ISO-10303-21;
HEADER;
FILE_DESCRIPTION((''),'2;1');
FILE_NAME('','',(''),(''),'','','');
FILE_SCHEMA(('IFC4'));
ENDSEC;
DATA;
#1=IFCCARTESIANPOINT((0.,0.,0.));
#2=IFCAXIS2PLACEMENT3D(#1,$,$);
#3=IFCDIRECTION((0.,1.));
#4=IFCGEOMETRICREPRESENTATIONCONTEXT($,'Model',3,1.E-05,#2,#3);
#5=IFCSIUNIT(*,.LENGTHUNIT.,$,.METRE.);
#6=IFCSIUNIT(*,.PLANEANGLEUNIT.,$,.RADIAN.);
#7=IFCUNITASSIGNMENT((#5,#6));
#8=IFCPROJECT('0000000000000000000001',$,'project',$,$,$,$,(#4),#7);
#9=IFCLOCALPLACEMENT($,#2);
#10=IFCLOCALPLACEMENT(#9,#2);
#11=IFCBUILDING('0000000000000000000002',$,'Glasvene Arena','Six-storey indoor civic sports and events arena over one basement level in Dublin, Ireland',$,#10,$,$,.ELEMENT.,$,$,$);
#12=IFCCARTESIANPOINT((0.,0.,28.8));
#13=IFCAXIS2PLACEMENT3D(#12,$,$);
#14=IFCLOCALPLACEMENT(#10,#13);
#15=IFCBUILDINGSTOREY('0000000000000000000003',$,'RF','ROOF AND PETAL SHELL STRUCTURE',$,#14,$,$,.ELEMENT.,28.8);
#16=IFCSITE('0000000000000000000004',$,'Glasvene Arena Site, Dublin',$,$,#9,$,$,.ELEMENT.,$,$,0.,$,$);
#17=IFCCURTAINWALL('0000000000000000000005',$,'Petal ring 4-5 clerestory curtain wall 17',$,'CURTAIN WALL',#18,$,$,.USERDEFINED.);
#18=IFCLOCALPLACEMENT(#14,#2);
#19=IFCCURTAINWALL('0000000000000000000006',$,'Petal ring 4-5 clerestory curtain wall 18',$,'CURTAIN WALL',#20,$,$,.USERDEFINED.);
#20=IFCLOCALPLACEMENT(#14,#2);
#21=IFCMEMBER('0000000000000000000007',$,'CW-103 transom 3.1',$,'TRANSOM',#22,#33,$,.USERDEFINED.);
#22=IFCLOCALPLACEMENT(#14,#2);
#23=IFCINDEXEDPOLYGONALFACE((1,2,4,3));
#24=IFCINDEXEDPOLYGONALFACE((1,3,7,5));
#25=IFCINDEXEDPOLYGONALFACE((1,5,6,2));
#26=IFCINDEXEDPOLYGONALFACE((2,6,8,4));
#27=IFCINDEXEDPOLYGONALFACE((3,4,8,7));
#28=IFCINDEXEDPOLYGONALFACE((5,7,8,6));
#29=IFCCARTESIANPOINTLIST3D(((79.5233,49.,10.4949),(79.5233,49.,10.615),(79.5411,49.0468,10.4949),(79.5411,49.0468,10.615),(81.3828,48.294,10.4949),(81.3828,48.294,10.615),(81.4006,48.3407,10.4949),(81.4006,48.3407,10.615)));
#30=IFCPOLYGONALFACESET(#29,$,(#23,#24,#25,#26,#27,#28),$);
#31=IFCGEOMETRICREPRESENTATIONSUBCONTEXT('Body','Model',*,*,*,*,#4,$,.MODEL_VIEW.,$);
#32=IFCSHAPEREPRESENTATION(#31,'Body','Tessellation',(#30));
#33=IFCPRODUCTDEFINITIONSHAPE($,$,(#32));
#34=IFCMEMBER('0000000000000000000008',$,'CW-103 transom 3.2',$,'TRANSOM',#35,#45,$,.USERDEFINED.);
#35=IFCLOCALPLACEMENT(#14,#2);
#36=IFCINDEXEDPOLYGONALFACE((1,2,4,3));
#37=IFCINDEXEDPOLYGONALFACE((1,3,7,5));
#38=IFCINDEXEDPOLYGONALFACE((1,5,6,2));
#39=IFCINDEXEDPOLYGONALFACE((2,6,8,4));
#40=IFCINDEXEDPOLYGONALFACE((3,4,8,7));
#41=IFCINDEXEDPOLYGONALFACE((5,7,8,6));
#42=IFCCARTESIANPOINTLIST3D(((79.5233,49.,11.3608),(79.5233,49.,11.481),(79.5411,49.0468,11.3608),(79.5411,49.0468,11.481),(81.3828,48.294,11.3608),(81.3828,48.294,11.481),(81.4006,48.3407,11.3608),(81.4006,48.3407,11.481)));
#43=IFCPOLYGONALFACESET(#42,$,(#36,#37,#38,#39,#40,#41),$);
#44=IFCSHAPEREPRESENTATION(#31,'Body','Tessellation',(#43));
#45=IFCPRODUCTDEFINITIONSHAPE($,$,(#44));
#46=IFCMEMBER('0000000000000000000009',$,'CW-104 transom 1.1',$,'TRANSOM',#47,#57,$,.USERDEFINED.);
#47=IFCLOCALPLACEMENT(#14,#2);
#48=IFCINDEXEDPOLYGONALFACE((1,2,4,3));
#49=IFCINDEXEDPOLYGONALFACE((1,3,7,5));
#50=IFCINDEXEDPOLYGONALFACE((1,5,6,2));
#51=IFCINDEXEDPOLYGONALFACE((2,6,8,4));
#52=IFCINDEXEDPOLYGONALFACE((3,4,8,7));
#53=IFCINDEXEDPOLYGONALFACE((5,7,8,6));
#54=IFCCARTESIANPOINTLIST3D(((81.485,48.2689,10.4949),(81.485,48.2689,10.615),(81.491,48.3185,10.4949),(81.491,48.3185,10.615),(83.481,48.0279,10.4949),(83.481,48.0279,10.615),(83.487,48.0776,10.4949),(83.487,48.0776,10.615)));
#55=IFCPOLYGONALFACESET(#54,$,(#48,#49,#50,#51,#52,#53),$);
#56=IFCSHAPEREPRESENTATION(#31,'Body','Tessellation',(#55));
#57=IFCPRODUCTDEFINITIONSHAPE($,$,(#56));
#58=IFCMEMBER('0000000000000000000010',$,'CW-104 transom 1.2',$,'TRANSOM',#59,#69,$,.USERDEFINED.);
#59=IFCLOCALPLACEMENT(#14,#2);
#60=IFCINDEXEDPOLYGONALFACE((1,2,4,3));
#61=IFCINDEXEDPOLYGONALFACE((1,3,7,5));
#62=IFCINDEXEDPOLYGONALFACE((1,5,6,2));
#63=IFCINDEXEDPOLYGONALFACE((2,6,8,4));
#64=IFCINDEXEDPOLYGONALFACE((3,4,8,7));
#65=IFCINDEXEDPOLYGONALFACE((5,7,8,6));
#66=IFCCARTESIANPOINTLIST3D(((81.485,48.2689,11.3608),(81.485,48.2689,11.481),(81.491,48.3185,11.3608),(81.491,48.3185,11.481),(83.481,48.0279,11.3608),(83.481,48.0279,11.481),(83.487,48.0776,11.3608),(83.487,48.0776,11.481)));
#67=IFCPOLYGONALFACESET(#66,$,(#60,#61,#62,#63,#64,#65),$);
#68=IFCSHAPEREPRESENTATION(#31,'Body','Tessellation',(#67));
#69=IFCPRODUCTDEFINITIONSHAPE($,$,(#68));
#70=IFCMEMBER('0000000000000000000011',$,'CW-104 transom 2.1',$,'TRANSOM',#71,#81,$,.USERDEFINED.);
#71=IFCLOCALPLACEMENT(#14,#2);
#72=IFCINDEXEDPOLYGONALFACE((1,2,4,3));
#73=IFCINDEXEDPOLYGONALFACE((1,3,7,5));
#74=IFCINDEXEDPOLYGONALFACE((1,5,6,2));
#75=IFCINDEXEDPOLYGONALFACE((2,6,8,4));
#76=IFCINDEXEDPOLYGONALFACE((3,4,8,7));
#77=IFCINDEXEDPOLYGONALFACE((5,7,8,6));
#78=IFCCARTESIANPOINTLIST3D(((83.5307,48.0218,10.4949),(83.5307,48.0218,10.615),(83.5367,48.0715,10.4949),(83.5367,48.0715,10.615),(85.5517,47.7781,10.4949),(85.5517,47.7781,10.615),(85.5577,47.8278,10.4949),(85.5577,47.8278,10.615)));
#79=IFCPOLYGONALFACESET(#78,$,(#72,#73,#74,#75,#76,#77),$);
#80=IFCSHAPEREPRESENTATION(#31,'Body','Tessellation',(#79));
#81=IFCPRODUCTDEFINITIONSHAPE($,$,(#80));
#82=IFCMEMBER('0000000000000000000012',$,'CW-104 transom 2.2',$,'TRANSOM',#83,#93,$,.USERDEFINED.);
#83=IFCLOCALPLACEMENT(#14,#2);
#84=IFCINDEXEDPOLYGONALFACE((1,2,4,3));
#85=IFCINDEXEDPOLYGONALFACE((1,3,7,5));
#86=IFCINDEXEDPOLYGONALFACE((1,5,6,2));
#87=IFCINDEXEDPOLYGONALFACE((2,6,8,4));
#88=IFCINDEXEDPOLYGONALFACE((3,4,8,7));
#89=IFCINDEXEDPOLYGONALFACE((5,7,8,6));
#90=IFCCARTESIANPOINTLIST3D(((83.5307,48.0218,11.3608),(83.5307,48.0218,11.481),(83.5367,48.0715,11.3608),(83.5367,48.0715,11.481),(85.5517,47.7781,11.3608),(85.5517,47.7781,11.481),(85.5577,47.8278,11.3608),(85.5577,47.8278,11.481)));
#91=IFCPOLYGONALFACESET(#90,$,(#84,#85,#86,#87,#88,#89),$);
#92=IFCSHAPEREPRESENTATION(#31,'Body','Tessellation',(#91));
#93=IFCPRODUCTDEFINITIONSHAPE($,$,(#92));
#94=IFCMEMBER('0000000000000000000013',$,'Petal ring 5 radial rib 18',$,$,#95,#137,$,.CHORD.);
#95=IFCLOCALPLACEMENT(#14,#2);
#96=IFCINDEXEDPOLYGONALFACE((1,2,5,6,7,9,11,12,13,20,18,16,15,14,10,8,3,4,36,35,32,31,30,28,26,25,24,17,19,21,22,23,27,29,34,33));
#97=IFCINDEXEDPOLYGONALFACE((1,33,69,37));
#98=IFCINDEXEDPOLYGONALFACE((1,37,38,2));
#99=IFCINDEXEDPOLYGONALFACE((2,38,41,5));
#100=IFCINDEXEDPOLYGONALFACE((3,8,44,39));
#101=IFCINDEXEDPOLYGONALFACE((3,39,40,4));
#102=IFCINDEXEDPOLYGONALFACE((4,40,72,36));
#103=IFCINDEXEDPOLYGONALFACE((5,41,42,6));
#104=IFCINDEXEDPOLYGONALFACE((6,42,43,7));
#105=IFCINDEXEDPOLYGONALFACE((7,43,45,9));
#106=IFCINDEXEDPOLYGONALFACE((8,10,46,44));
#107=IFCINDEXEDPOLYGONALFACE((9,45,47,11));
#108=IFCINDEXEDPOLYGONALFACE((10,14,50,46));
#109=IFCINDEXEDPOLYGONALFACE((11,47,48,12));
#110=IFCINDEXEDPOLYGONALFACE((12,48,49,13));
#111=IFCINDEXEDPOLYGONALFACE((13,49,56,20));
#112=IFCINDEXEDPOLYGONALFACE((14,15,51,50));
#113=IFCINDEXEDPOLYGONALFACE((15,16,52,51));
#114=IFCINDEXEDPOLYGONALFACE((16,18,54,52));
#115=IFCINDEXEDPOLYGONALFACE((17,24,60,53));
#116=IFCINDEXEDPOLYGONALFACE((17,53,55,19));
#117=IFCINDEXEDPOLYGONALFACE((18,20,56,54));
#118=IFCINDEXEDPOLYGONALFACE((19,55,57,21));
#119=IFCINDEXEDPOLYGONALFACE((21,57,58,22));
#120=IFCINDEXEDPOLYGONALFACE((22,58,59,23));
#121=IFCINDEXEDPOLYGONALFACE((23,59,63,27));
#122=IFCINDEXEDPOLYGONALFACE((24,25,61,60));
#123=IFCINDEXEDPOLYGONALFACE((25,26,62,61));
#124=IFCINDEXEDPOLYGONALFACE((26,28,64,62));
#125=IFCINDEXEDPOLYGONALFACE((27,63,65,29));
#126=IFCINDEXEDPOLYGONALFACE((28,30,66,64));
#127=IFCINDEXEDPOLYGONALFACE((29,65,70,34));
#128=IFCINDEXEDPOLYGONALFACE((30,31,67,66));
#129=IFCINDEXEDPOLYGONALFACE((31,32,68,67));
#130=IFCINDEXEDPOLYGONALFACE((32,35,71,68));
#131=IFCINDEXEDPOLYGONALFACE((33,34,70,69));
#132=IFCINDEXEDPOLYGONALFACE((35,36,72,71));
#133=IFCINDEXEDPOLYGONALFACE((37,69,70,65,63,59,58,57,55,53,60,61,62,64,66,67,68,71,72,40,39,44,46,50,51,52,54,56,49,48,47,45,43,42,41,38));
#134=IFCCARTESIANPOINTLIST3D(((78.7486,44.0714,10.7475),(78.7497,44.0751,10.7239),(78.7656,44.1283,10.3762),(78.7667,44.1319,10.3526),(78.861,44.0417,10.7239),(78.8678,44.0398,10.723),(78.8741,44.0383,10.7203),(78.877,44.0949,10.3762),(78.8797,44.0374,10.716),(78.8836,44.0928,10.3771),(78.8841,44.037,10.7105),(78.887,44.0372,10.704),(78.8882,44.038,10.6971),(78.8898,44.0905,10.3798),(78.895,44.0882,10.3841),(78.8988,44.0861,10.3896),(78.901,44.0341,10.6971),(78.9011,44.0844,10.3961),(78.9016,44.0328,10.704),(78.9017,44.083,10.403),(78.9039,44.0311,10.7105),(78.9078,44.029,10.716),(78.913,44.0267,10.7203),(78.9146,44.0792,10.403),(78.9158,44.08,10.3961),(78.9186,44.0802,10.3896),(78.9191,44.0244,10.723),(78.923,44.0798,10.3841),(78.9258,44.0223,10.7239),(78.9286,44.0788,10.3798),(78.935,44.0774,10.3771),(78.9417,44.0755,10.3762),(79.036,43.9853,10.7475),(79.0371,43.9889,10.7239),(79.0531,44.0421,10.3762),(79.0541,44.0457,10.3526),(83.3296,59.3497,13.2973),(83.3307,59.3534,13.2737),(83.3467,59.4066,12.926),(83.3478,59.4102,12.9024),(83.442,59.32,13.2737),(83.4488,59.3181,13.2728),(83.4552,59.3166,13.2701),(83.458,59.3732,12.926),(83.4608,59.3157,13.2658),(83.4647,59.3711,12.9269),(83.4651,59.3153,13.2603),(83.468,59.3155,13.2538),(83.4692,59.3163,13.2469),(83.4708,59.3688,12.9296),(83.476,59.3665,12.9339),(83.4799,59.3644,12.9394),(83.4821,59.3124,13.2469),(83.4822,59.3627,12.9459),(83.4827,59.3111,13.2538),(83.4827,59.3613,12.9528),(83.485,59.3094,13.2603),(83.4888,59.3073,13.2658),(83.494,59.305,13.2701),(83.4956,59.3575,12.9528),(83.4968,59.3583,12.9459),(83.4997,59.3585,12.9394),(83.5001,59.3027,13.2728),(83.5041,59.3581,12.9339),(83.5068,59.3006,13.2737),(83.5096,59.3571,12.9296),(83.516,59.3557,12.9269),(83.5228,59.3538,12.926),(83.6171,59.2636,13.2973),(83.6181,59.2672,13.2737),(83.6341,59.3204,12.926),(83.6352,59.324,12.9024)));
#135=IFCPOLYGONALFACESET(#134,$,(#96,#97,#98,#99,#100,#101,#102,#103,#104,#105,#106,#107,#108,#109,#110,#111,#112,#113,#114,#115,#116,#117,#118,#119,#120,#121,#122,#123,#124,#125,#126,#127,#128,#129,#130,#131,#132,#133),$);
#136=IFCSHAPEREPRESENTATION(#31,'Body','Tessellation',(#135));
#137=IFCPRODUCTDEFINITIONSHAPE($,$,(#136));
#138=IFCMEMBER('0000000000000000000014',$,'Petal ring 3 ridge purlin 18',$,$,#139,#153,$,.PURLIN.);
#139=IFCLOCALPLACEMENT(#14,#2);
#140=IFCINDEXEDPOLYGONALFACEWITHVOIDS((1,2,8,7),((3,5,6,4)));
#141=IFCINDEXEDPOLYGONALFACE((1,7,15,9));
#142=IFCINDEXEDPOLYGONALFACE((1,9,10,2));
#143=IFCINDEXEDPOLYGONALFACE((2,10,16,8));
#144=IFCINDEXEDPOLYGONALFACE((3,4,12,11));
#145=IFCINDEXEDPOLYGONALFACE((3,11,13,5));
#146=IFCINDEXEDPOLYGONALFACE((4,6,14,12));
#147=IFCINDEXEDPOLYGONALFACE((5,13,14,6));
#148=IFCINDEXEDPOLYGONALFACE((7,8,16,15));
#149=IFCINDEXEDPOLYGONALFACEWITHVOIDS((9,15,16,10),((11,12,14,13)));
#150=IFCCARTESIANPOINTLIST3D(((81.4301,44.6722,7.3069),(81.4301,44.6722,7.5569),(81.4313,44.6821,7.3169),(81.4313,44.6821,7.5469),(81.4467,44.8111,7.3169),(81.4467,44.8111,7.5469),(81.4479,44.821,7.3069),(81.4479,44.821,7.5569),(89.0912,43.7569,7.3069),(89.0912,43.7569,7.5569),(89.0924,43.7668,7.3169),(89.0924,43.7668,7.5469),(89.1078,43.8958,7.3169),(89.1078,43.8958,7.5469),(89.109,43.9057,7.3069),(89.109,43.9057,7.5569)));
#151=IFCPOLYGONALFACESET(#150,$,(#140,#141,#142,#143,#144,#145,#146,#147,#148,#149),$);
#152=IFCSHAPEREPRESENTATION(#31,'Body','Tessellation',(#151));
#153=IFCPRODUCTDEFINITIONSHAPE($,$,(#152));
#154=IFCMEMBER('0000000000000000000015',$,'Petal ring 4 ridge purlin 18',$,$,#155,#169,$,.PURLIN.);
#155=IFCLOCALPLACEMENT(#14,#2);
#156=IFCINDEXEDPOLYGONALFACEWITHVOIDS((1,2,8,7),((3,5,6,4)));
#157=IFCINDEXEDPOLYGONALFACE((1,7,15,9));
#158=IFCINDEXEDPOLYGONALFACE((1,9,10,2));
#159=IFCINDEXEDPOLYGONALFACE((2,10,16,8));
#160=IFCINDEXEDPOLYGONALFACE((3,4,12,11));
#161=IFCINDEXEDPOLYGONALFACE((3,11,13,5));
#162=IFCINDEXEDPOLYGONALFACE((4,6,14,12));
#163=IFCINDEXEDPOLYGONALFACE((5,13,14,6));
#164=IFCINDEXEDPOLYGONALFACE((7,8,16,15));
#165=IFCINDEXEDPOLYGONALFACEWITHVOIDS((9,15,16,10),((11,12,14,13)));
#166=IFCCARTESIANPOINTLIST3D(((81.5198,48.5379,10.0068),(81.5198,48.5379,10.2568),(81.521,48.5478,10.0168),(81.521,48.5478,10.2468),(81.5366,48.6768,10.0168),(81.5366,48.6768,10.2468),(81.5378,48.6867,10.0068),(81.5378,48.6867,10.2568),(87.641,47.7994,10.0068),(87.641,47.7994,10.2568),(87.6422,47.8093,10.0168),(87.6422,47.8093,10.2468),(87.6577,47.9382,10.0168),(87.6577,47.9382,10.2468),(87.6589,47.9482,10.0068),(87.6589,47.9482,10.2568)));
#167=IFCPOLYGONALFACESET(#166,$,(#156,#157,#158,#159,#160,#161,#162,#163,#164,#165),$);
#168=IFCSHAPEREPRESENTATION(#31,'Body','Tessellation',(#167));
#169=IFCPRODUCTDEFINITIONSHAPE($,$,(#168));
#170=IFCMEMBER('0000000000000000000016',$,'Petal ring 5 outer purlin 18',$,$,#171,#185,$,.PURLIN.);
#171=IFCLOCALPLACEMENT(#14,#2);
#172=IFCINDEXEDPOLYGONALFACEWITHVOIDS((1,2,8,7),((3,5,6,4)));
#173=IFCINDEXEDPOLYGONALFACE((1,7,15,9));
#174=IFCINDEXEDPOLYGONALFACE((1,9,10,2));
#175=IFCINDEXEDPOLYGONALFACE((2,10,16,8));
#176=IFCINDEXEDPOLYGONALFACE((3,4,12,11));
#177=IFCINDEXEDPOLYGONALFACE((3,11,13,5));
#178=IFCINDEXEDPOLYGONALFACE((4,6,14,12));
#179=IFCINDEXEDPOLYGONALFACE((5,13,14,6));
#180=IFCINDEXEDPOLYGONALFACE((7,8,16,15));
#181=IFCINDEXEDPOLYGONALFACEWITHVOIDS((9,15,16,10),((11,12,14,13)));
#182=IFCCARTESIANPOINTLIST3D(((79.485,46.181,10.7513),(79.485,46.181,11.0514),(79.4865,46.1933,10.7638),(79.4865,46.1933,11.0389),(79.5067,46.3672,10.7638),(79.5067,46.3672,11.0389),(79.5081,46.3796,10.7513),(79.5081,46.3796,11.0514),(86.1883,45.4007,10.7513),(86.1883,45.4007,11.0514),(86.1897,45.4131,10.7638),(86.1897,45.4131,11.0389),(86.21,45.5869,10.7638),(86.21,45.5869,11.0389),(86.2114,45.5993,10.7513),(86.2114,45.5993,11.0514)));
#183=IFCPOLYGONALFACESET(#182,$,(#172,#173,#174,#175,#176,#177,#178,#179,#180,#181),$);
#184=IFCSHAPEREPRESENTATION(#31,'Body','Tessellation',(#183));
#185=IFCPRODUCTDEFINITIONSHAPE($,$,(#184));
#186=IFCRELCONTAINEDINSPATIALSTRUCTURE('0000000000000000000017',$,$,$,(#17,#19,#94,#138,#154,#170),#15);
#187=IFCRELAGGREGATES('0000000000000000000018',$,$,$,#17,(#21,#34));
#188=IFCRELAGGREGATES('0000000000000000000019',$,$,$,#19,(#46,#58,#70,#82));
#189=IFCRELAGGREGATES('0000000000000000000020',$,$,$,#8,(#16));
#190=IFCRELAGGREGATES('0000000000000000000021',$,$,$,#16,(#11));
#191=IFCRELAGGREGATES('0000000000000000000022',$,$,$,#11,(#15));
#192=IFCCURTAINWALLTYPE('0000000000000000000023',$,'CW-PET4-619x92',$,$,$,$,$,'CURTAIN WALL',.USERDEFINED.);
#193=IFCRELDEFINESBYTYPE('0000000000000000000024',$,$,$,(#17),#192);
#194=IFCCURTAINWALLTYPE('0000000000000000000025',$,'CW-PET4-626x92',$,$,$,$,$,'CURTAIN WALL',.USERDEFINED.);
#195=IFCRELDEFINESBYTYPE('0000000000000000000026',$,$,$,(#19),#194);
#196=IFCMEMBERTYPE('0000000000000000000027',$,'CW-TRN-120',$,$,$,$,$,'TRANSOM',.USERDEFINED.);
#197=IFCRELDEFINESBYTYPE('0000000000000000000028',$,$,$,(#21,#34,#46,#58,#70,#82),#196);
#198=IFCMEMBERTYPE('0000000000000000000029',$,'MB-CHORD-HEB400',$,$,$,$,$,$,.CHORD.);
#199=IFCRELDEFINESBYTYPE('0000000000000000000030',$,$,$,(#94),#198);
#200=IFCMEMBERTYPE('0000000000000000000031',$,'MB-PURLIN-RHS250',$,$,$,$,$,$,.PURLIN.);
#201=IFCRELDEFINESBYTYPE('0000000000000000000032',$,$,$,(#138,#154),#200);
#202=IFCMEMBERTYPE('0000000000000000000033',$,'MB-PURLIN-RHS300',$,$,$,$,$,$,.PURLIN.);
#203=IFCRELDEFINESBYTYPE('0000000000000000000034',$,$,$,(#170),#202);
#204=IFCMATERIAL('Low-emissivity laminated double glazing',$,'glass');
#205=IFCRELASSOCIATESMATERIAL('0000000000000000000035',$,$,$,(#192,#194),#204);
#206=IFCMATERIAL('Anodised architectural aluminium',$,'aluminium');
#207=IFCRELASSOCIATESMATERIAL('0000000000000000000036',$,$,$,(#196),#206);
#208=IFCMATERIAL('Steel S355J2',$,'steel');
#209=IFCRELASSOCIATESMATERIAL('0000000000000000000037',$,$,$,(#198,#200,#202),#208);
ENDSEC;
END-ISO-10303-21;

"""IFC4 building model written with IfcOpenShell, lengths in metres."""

from ifc_helpers import new_model, si_unit, direction, frame, origin, origin_2d, place, context, subcontext, project, spatial, rectangle, hollow_rectangle, i_section, extrude, material, material_profile, profile_set, type_object, element, aggregate, save


model = new_model("IFC4")

# Units and contexts
model_context = context("Model", 3, precision=1e-05, world=origin(), true_north=direction((0.0, 1.0)))
body_context = subcontext(model_context, "Body", "Model", "MODEL_VIEW")
ifc_project = project(units=[si_unit("LENGTHUNIT", "METRE"), si_unit("PLANEANGLEUNIT", "RADIAN")], contexts=[model_context])

# Site, building, storey
site_placement = place(None, origin())
site = spatial("IfcSite", under=ifc_project, at=site_placement, Name="Glasvene Arena Site, Dublin", CompositionType="ELEMENT", RefElevation=0.0)
building_placement = place(site_placement, origin())
building = spatial("IfcBuilding", under=site, at=building_placement, Name="Glasvene Arena", Description="Six-storey indoor civic sports and events arena over one basement level in Dublin, Ireland", CompositionType="ELEMENT")
storey_placement = place(building_placement, frame((0.0, 0.0, 28.8)))
storey = spatial("IfcBuildingStorey", under=building, at=storey_placement, Name="RF", Description="ROOF AND PETAL SHELL STRUCTURE", CompositionType="ELEMENT", Elevation=28.8)

# Curtain walls
ifc_material_1 = material(Name="Low-emissivity laminated double glazing", Category="glass")
ifc_material_2 = material(Name="Anodised architectural aluminium", Category="aluminium")
curtain_wall_type_1 = type_object("IfcCurtainWallType", Name="CW-PET4-619x92", ElementType="CURTAIN WALL", PredefinedType="USERDEFINED", material=ifc_material_1)
curtain_wall_1_placement = place(storey_placement, frame((75.6499, 50.4973, 0.0)))
curtain_wall_1 = element("IfcCurtainWall", 1, at=curtain_wall_1_placement, inside=storey, type_object=curtain_wall_type_1, Name="Petal ring 4-5 clerestory curtain wall 17", ObjectType="CURTAIN WALL", PredefinedType="USERDEFINED")
curtain_wall_type_2 = type_object("IfcCurtainWallType", Name="CW-PET4-626x92", ElementType="CURTAIN WALL", PredefinedType="USERDEFINED", material=ifc_material_1)
curtain_wall_2_placement = place(storey_placement, frame((81.4382, 48.2996, 0.0)))
curtain_wall_2 = element("IfcCurtainWall", 2, at=curtain_wall_2_placement, inside=storey, type_object=curtain_wall_type_2, Name="Petal ring 4-5 clerestory curtain wall 18", ObjectType="CURTAIN WALL", PredefinedType="USERDEFINED")

# Members
ifc_material_profile_1 = material_profile(ifc_material_2, rectangle(XDim=0.05, YDim=0.1201, at=origin_2d()), Name="ALU TRANSOM 50x120")
ifc_profile_set_1 = profile_set([ifc_material_profile_1], Name="Anodised architectural aluminium")
member_type_1 = type_object("IfcMemberType", Name="CW-TRN-120", ElementType="TRANSOM", PredefinedType="USERDEFINED", material=ifc_profile_set_1)
member_1_placement = place(storey_placement, frame((79.5322, 49.0234, 10.5549), z_axis=(0.934868, -0.354995, 0.0), x_axis=(0.354995, 0.934868, 0.0)))
member_1 = element("IfcMember", 3, at=member_1_placement, type_object=member_type_1, Name="CW-103 transom 3.1", ObjectType="TRANSOM", PredefinedType="USERDEFINED", context=body_context, shape_type="SweptSolid", body=[
    extrude(rectangle(XDim=0.05, YDim=0.1201, at=origin_2d()), origin(), (0.0, 0.0, 1.0), 1.989),
])
member_2_placement = place(storey_placement, frame((79.5322, 49.0234, 11.4209), z_axis=(0.934868, -0.354995, 0.0), x_axis=(0.354995, 0.934868, 0.0)))
member_2 = element("IfcMember", 4, at=member_2_placement, type_object=member_type_1, Name="CW-103 transom 3.2", ObjectType="TRANSOM", PredefinedType="USERDEFINED", context=body_context, shape_type="SweptSolid", body=[
    extrude(rectangle(XDim=0.05, YDim=0.1201, at=origin_2d()), origin(), (0.0, 0.0, 1.0), 1.989),
])
member_3_placement = place(storey_placement, frame((81.488, 48.2937, 10.5549), z_axis=(0.992792, -0.119849, 0.0), x_axis=(0.119849, 0.992792, 0.0)))
member_3 = element("IfcMember", 5, at=member_3_placement, type_object=member_type_1, Name="CW-104 transom 1.1", ObjectType="TRANSOM", PredefinedType="USERDEFINED", context=body_context, shape_type="SweptSolid", body=[
    extrude(rectangle(XDim=0.05, YDim=0.1201, at=origin_2d()), origin(), (0.0, 0.0, 1.0), 2.0105),
])
member_4_placement = place(storey_placement, frame((81.488, 48.2937, 11.4209), z_axis=(0.992792, -0.119849, 0.0), x_axis=(0.119849, 0.992792, 0.0)))
member_4 = element("IfcMember", 6, at=member_4_placement, type_object=member_type_1, Name="CW-104 transom 1.2", ObjectType="TRANSOM", PredefinedType="USERDEFINED", context=body_context, shape_type="SweptSolid", body=[
    extrude(rectangle(XDim=0.05, YDim=0.1201, at=origin_2d()), origin(), (0.0, 0.0, 1.0), 2.0105),
])
member_5_placement = place(storey_placement, frame((83.5337, 48.0466, 10.5549), z_axis=(0.992811, -0.119694, 0.0), x_axis=(0.119694, 0.992811, 0.0)))
member_5 = element("IfcMember", 7, at=member_5_placement, type_object=member_type_1, Name="CW-104 transom 2.1", ObjectType="TRANSOM", PredefinedType="USERDEFINED", context=body_context, shape_type="SweptSolid", body=[
    extrude(rectangle(XDim=0.05, YDim=0.1201, at=origin_2d()), origin(), (0.0, 0.0, 1.0), 2.0356),
])
member_6_placement = place(storey_placement, frame((83.5337, 48.0466, 11.4209), z_axis=(0.992811, -0.119694, 0.0), x_axis=(0.119694, 0.992811, 0.0)))
member_6 = element("IfcMember", 8, at=member_6_placement, type_object=member_type_1, Name="CW-104 transom 2.2", ObjectType="TRANSOM", PredefinedType="USERDEFINED", context=body_context, shape_type="SweptSolid", body=[
    extrude(rectangle(XDim=0.05, YDim=0.1201, at=origin_2d()), origin(), (0.0, 0.0, 1.0), 2.0356),
])

# Members
ifc_material_3 = material(Name="Steel S355J2", Category="steel")
ifc_material_profile_2 = material_profile(ifc_material_3, i_section(OverallWidth=0.3, OverallDepth=0.3999, WebThickness=0.0134, FlangeThickness=0.0239, FilletRadius=0.0271, at=origin_2d()), Name="HEB 400")
ifc_profile_set_2 = profile_set([ifc_material_profile_2], Name="Steel S355J2")
member_type_2 = type_object("IfcMemberType", Name="MB-CHORD-HEB400", PredefinedType="CHORD", material=ifc_profile_set_2)
member_7_placement = place(storey_placement, frame((78.9014, 44.0586, 10.55), z_axis=(0.283607, 0.945859, 0.157855), x_axis=(-0.957868, 0.287207, 0.0)))
element("IfcMember", 9, at=member_7_placement, inside=storey, type_object=member_type_2, Name="Petal ring 5 radial rib 18", PredefinedType="CHORD", context=body_context, shape_type="SweptSolid", body=[
    extrude(i_section(OverallWidth=0.3, OverallDepth=0.3999, WebThickness=0.0134, FlangeThickness=0.0239, FilletRadius=0.0271, at=origin_2d()), origin(), (0.0, 0.0, 1.0), 16.1528),
])
ifc_material_profile_3 = material_profile(ifc_material_3, hollow_rectangle(XDim=0.1499, YDim=0.25, WallThickness=0.01, at=origin_2d()), Name="RHS 250x150x10.0")
ifc_profile_set_3 = profile_set([ifc_material_profile_3], Name="Steel S355J2")
member_type_3 = type_object("IfcMemberType", Name="MB-PURLIN-RHS250", PredefinedType="PURLIN", material=ifc_profile_set_3)
member_8_placement = place(storey_placement, frame((81.439, 44.7466, 7.4319), z_axis=(0.992939, -0.118627, 0.0), x_axis=(0.118627, 0.992939, 0.0)))
element("IfcMember", 10, at=member_8_placement, inside=storey, type_object=member_type_3, Name="Petal ring 3 ridge purlin 18", PredefinedType="PURLIN", context=body_context, shape_type="SweptSolid", body=[
    extrude(hollow_rectangle(XDim=0.1499, YDim=0.25, WallThickness=0.01, at=origin_2d()), origin(), (0.0, 0.0, 1.0), 7.7156),
])
member_9_placement = place(storey_placement, frame((81.5288, 48.6123, 10.1318), z_axis=(0.9928, -0.119784, 0.0), x_axis=(0.119784, 0.9928, 0.0)))
element("IfcMember", 11, at=member_9_placement, inside=storey, type_object=member_type_3, Name="Petal ring 4 ridge purlin 18", PredefinedType="PURLIN", context=body_context, shape_type="SweptSolid", body=[
    extrude(hollow_rectangle(XDim=0.1499, YDim=0.25, WallThickness=0.01, at=origin_2d()), origin(), (0.0, 0.0, 1.0), 6.1655),
])
ifc_material_profile_4 = material_profile(ifc_material_3, hollow_rectangle(XDim=0.2, YDim=0.3, WallThickness=0.0125, at=origin_2d()), Name="RHS 300x200x12.5")
ifc_profile_set_4 = profile_set([ifc_material_profile_4], Name="Steel S355J2")
member_type_4 = type_object("IfcMemberType", Name="MB-PURLIN-RHS300", PredefinedType="PURLIN", material=ifc_profile_set_4)
member_10_placement = place(storey_placement, frame((79.4966, 46.2803, 10.9014), z_axis=(0.993294, -0.11562, 0.0), x_axis=(0.11562, 0.993294, 0.0)))
element("IfcMember", 12, at=member_10_placement, inside=storey, type_object=member_type_4, Name="Petal ring 5 outer purlin 18", PredefinedType="PURLIN", context=body_context, shape_type="SweptSolid", body=[
    extrude(hollow_rectangle(XDim=0.2, YDim=0.3, WallThickness=0.0125, at=origin_2d()), origin(), (0.0, 0.0, 1.0), 6.7485),
])

aggregate(curtain_wall_1, [member_1, member_2])
aggregate(curtain_wall_2, [member_3, member_4, member_5, member_6])

save(model, "model.ifc")
